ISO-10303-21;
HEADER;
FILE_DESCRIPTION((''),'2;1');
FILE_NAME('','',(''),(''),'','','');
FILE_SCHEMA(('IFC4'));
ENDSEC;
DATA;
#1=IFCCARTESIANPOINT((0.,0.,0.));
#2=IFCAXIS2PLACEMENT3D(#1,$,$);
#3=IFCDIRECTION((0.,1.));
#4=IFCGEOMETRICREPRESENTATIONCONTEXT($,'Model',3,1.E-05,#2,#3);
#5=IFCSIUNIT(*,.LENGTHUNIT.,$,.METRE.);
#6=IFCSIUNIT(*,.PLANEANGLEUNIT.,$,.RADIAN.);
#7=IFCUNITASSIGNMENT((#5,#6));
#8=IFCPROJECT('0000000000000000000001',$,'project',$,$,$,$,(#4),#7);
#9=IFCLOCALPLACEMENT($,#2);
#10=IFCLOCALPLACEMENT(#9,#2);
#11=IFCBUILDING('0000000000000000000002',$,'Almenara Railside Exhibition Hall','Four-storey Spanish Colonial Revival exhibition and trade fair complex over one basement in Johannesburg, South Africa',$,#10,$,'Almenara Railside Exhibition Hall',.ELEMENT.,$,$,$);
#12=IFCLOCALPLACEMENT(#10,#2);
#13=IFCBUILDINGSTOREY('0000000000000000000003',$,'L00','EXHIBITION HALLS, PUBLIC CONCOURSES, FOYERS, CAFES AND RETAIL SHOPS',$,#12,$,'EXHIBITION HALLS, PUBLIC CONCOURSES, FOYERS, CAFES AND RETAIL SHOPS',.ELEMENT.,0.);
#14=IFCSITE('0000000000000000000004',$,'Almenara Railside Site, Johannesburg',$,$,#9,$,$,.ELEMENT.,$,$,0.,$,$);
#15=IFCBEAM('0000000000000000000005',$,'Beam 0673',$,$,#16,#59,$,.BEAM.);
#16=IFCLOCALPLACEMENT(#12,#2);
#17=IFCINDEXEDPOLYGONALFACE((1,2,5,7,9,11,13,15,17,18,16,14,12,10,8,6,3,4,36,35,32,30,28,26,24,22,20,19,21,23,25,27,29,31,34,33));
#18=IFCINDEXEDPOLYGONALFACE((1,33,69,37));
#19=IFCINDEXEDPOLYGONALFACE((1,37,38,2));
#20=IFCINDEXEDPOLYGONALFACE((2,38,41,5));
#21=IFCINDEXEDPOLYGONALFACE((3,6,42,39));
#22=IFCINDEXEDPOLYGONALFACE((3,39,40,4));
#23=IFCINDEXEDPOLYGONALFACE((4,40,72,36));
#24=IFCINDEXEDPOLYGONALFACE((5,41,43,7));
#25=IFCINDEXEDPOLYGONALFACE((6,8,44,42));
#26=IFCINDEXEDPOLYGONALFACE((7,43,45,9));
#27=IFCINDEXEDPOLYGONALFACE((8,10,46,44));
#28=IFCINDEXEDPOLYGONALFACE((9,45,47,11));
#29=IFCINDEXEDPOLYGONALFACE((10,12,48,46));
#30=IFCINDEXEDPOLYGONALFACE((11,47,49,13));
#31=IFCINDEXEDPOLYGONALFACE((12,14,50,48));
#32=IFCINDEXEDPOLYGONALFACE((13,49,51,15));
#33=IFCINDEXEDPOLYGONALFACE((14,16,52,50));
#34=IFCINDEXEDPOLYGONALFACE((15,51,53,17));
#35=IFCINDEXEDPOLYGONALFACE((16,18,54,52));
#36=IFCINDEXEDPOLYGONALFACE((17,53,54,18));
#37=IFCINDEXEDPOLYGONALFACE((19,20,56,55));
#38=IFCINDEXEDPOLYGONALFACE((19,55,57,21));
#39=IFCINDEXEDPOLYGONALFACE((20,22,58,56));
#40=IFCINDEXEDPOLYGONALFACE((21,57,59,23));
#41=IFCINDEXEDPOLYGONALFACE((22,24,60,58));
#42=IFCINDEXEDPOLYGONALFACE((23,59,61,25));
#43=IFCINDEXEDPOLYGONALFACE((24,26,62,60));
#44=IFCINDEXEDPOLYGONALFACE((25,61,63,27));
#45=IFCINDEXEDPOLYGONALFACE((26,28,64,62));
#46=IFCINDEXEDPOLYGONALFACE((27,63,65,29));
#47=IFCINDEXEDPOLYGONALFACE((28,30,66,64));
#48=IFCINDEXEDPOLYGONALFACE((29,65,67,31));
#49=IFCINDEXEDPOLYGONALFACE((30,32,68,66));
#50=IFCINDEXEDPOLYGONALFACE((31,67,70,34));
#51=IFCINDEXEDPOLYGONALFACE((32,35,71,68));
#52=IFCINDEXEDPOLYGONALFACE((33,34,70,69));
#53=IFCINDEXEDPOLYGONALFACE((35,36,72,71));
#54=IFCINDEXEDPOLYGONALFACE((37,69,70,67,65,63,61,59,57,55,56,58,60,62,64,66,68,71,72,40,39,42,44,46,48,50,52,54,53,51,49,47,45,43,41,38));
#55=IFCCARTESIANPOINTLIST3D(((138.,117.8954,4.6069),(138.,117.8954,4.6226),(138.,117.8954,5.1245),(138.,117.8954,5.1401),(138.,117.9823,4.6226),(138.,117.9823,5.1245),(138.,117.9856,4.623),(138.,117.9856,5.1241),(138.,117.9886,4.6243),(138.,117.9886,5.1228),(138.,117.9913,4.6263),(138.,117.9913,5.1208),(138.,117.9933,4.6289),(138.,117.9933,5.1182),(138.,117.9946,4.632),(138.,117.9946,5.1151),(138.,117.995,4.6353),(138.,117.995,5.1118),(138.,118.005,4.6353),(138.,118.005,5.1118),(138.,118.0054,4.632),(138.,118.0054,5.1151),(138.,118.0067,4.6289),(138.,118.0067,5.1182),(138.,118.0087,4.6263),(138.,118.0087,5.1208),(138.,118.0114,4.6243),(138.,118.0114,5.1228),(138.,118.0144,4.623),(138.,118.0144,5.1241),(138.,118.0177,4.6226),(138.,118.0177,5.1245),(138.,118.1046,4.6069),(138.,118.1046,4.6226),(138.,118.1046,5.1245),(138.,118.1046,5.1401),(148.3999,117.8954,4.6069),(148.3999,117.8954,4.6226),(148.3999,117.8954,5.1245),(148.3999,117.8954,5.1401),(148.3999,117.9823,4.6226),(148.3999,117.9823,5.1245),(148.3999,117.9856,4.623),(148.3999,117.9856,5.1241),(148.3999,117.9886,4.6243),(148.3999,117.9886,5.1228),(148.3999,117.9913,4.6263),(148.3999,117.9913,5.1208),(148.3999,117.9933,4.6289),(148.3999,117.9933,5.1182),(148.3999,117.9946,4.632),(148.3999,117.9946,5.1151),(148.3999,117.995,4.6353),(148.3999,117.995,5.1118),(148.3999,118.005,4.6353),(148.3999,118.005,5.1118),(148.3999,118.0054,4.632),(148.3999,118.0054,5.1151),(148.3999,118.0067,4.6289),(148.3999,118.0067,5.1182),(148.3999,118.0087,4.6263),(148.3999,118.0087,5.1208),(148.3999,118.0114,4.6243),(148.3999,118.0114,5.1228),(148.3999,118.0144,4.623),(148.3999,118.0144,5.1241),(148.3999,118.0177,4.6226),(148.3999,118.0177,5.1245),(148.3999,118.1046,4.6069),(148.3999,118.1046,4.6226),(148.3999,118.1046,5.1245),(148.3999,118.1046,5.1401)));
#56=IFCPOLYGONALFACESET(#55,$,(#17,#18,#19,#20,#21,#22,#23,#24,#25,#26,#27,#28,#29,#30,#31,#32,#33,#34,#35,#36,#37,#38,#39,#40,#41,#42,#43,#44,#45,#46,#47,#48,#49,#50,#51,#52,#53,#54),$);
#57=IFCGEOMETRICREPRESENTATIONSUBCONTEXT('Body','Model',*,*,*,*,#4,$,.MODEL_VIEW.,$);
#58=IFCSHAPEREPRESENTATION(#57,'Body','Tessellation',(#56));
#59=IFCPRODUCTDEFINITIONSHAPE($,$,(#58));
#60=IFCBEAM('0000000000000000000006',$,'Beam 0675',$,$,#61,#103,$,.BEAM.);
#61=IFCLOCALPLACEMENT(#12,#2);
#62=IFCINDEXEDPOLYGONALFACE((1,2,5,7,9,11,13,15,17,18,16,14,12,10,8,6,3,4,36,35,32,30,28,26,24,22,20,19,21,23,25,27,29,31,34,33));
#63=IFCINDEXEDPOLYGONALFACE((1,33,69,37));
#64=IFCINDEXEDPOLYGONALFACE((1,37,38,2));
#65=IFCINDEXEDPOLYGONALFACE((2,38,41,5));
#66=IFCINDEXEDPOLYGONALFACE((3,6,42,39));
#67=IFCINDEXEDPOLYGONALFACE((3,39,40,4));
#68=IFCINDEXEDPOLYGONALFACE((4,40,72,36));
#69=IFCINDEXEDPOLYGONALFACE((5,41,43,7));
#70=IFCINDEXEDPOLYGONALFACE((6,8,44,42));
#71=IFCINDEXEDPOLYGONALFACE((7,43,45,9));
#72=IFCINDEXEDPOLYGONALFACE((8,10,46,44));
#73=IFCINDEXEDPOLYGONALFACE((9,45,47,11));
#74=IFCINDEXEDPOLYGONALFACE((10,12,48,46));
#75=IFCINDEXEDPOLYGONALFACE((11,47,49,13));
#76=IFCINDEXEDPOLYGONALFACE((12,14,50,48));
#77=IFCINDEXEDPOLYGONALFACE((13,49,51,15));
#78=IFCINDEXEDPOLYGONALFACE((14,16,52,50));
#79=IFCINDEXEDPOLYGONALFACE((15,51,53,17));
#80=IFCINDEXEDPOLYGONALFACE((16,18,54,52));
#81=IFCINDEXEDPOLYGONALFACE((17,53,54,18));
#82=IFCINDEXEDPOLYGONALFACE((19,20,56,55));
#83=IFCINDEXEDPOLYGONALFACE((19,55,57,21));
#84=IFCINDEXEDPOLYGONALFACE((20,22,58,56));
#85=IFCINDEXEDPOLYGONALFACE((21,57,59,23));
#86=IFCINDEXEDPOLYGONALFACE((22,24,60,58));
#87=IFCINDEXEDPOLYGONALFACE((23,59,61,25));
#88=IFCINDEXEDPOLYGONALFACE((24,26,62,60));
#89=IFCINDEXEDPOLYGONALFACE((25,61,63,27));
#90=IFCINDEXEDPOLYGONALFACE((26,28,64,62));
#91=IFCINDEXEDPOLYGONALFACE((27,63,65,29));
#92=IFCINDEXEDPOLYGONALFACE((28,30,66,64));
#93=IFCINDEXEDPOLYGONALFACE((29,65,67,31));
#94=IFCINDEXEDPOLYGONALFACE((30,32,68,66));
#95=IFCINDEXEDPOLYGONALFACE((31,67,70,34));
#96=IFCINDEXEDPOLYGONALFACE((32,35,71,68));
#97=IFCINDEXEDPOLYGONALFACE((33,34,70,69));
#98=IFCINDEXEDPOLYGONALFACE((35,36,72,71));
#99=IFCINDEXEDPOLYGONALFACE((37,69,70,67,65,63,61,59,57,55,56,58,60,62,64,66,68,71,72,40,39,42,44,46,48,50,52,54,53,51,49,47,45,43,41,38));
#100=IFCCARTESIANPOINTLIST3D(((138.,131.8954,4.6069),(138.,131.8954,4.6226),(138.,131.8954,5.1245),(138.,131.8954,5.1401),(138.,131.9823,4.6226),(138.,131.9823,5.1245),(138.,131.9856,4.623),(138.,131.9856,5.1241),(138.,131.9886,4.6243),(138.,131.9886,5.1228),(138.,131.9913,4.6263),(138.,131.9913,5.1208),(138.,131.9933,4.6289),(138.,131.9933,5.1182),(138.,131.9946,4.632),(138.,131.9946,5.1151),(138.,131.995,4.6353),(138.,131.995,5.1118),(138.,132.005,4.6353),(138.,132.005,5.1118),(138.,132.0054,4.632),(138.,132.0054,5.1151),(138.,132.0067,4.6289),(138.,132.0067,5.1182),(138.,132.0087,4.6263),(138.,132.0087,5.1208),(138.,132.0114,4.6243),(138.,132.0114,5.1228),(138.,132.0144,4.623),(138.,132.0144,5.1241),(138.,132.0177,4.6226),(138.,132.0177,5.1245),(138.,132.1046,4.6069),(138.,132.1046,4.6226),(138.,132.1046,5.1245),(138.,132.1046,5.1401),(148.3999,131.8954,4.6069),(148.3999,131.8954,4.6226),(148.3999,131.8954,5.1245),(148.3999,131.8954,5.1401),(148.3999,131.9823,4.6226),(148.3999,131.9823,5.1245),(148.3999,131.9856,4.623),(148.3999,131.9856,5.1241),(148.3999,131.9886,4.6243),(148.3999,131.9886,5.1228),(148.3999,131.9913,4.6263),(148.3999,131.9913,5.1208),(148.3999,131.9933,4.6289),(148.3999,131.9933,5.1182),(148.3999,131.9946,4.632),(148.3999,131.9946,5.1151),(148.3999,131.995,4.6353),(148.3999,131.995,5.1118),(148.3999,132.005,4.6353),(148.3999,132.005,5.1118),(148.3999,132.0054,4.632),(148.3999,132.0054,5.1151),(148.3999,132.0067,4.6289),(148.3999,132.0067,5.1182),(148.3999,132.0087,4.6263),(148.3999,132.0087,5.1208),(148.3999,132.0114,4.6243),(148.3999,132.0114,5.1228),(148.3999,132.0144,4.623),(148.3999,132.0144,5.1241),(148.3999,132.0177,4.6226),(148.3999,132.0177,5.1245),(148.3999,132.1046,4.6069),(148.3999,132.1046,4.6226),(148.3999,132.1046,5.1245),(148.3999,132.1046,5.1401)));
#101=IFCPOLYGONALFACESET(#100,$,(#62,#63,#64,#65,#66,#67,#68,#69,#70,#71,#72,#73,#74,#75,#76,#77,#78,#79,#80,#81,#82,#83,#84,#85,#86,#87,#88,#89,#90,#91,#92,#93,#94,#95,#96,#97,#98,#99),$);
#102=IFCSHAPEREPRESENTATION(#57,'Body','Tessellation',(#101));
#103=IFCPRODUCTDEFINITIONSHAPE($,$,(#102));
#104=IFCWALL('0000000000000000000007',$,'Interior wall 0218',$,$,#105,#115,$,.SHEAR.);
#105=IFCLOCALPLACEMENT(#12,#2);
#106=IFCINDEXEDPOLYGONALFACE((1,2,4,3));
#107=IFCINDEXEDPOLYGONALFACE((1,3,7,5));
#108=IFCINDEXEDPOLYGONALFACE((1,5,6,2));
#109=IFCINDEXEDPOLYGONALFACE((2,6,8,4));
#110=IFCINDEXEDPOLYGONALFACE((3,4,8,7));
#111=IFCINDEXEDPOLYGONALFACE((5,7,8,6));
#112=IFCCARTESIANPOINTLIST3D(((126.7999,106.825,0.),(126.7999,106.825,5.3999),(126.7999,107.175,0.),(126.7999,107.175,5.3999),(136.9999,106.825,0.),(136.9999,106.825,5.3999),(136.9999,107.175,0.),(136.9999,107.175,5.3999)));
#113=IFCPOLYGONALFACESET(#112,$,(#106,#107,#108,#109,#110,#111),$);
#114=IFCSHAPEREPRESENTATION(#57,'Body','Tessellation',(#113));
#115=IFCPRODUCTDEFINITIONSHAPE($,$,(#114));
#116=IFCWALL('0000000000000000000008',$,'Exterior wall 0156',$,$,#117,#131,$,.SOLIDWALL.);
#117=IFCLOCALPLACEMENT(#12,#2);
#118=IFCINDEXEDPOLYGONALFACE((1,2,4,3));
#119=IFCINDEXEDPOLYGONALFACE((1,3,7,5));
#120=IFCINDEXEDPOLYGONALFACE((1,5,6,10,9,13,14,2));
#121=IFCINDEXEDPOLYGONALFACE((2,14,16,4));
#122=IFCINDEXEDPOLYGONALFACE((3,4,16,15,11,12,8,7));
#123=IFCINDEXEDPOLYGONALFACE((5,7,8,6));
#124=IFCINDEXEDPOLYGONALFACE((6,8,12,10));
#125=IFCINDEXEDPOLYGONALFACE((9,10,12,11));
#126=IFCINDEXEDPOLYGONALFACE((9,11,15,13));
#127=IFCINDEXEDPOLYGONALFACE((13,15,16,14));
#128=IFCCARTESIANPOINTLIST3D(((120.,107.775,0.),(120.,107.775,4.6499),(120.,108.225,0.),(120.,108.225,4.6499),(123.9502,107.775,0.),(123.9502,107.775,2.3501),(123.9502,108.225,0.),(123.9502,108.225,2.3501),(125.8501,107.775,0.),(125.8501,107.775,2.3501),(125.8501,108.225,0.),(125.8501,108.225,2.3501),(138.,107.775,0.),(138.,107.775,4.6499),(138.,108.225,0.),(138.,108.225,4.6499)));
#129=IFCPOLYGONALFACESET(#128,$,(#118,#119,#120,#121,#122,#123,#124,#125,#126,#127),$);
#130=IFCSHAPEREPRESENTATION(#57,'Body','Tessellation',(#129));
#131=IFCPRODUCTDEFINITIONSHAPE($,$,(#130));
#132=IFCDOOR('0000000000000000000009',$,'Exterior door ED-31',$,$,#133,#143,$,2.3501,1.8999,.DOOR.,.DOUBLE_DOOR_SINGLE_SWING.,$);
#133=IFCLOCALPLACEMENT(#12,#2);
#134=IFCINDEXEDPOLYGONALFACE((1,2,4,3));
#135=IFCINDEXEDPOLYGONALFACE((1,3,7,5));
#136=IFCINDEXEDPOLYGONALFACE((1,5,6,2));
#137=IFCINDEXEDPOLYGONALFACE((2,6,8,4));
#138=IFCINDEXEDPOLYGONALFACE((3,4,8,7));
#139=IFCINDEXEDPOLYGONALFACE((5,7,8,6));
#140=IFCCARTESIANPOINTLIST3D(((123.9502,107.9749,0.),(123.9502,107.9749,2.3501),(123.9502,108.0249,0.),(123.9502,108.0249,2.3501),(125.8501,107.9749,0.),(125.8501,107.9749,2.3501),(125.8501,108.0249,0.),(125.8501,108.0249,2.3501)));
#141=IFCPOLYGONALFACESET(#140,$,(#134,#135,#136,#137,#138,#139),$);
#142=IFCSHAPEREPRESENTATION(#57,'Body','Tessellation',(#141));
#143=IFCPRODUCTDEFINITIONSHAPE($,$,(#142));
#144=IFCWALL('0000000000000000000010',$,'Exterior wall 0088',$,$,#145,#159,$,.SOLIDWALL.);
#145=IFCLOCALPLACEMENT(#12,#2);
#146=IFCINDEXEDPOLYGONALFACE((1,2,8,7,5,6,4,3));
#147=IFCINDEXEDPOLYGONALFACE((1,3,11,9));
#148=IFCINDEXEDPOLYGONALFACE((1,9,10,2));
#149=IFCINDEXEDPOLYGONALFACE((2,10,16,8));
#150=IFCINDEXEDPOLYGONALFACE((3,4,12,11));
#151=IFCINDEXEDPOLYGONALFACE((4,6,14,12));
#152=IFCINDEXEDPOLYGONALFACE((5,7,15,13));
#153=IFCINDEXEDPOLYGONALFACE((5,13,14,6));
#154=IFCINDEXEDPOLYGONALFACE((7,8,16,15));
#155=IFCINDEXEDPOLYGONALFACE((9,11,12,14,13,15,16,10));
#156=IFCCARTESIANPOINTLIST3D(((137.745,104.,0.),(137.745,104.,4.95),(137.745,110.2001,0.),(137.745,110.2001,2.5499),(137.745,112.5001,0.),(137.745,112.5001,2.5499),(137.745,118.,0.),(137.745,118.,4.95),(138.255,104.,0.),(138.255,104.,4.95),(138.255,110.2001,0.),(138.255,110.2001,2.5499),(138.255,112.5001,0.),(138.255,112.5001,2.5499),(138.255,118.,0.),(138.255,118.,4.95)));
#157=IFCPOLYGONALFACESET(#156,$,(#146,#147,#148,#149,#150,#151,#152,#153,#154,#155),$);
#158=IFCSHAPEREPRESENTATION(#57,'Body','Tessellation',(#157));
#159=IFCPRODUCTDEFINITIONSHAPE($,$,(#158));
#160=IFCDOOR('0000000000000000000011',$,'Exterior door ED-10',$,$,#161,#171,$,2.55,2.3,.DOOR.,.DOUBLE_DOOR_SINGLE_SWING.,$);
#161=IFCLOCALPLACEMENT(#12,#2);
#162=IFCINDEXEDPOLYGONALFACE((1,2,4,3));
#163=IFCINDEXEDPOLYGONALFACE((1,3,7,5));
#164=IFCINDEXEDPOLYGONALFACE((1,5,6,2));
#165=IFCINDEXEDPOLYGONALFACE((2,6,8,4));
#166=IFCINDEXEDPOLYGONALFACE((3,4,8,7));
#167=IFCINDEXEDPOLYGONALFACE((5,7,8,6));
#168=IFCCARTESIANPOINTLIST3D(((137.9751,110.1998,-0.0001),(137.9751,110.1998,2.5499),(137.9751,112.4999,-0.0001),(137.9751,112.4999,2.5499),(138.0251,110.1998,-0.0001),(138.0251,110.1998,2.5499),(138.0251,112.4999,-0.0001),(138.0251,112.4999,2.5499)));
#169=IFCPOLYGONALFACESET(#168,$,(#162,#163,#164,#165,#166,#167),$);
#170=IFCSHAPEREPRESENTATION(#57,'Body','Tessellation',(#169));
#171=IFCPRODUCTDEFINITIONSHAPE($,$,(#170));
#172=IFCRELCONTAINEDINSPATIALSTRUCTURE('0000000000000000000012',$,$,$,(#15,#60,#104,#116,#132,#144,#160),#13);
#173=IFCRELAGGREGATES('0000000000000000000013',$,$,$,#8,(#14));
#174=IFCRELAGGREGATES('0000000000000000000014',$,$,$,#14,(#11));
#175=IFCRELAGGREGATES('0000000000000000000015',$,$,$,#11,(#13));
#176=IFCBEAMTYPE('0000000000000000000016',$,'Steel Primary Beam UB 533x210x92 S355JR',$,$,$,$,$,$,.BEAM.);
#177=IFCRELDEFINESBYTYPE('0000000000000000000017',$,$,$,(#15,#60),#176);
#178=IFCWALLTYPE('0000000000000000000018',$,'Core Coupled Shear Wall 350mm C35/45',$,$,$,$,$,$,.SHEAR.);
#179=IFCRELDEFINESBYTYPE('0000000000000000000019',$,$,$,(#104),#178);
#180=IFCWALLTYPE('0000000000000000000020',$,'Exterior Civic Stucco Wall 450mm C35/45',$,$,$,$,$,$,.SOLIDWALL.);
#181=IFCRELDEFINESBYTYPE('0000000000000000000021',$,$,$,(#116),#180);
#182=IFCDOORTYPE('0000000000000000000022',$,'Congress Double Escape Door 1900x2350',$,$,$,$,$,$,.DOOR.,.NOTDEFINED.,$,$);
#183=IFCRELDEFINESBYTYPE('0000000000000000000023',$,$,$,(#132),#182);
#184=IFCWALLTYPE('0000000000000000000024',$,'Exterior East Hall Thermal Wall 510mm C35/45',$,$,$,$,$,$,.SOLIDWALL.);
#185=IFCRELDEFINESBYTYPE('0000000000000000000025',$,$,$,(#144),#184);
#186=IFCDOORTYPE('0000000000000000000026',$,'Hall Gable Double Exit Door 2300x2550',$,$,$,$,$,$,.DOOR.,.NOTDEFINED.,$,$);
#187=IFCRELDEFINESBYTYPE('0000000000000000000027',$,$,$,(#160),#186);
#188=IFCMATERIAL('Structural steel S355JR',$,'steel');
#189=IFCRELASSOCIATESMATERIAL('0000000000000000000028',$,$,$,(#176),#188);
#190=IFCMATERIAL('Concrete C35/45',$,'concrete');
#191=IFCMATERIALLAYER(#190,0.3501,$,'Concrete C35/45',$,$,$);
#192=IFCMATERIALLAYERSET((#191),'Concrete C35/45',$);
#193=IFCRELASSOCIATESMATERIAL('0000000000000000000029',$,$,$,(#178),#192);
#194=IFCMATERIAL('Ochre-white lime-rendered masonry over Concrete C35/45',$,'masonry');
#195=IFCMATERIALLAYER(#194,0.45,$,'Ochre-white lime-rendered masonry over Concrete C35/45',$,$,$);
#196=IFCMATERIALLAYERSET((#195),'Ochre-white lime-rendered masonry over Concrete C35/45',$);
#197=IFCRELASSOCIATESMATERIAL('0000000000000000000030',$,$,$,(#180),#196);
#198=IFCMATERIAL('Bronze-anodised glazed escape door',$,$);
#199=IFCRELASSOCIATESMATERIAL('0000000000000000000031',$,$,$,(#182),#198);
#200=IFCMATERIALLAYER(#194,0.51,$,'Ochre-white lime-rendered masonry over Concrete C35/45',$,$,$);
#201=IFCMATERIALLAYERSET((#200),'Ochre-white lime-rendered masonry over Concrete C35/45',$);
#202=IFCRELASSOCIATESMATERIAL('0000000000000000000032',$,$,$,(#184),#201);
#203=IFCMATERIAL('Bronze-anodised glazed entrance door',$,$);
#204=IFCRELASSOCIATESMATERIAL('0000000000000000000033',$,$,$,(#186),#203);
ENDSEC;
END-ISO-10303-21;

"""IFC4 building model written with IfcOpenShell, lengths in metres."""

from ifc_helpers import new_model, si_unit, direction, frame, frame_2d, origin, origin_2d, place, context, subcontext, project, spatial, rectangle, i_section, extrude, material, layer, layer_set, material_profile, profile_set, type_object, element, fill, save


model = new_model("IFC4")

# Units and contexts
model_context = context("Model", 3, precision=1e-05, world=origin(), true_north=direction((0.0, 1.0)))
body_context = subcontext(model_context, "Body", "Model", "MODEL_VIEW")
ifc_project = project(units=[si_unit("LENGTHUNIT", "METRE"), si_unit("PLANEANGLEUNIT", "RADIAN")], contexts=[model_context])

# Site, building, storey
site_placement = place(None, origin())
site = spatial("IfcSite", under=ifc_project, at=site_placement, Name="Almenara Railside Site, Johannesburg", CompositionType="ELEMENT", RefElevation=0.0)
building_placement = place(site_placement, origin())
building = spatial("IfcBuilding", under=site, at=building_placement, Name="Almenara Railside Exhibition Hall", Description="Four-storey Spanish Colonial Revival exhibition and trade fair complex over one basement in Johannesburg, South Africa", LongName="Almenara Railside Exhibition Hall", CompositionType="ELEMENT")
storey_placement = place(building_placement, origin())
storey = spatial("IfcBuildingStorey", under=building, at=storey_placement, Name="L00", Description="EXHIBITION HALLS, PUBLIC CONCOURSES, FOYERS, CAFES AND RETAIL SHOPS", LongName="EXHIBITION HALLS, PUBLIC CONCOURSES, FOYERS, CAFES AND RETAIL SHOPS", CompositionType="ELEMENT", Elevation=0.0)

# Shared definitions
ifc_material_1 = material(Name="Concrete C35/45", Category="concrete")

# Beams
ifc_material_2 = material(Name="Structural steel S355JR", Category="steel")
ifc_material_profile_1 = material_profile(ifc_material_2, i_section(OverallWidth=0.2092, OverallDepth=0.5332, WebThickness=0.01, FlangeThickness=0.0156, FilletRadius=0.0127, at=origin_2d()), Name="UB 533x210x92")
ifc_profile_set_1 = profile_set([ifc_material_profile_1], Name="Structural steel S355JR")
beam_type_1 = type_object("IfcBeamType", Name="Steel Primary Beam UB 533x210x92 S355JR", PredefinedType="BEAM", material=ifc_profile_set_1)
for number, where, z_axis, x_axis, name in (
    (1, (138.0, 118.0, 4.8735), (1.0, 0.0, 0.0), (0.0, 1.0, 0.0), "Beam 0673"),
    (2, (138.0, 132.0, 4.8735), (1.0, 0.0, 0.0), (0.0, 1.0, 0.0), "Beam 0675"),
):
    element("IfcBeam", number, at=place(storey_placement, frame(where, z_axis=z_axis, x_axis=x_axis)), inside=storey, type_object=beam_type_1, Name=name, PredefinedType="BEAM", context=body_context, shape_type="SweptSolid", body=[
        extrude(i_section(OverallWidth=0.2092, OverallDepth=0.5332, WebThickness=0.01, FlangeThickness=0.0156, FilletRadius=0.0127, at=origin_2d()), origin(), (0.0, 0.0, 1.0), 10.3999),
    ])

# Wall
ifc_layer_1 = layer(ifc_material_1, 0.3501, Name="Concrete C35/45")
ifc_layer_set_1 = layer_set([ifc_layer_1], Name="Concrete C35/45")
wall_type_1 = type_object("IfcWallType", Name="Core Coupled Shear Wall 350mm C35/45", PredefinedType="SHEAR", material=ifc_layer_set_1)
wall_1_placement = place(storey_placement, frame((137.0, 107.0, 0.0), z_axis=(0.0, 0.0, 1.0), x_axis=(-1.0, 0.0, 0.0)))
element("IfcWall", 3, at=wall_1_placement, inside=storey, type_object=wall_type_1, Name="Interior wall 0218", PredefinedType="SHEAR", context=body_context, shape_type="SweptSolid", body=[
    extrude(rectangle(XDim=10.2, YDim=0.3501, at=frame_2d((5.1001, 0.0))), origin(), (0.0, 0.0, 1.0), 5.3999),
])

# Walls, openings, doors
ifc_material_3 = material(Name="Ochre-white lime-rendered masonry over Concrete C35/45", Category="masonry")
ifc_layer_2 = layer(ifc_material_3, 0.45, Name="Ochre-white lime-rendered masonry over Concrete C35/45")
ifc_layer_set_2 = layer_set([ifc_layer_2], Name="Ochre-white lime-rendered masonry over Concrete C35/45")
wall_type_2 = type_object("IfcWallType", Name="Exterior Civic Stucco Wall 450mm C35/45", PredefinedType="SOLIDWALL", material=ifc_layer_set_2)
wall_2_placement = place(storey_placement, frame((138.0, 108.0, 0.0), z_axis=(0.0, 0.0, 1.0), x_axis=(-1.0, 0.0, 0.0)))
wall_2 = element("IfcWall", 4, at=wall_2_placement, inside=storey, type_object=wall_type_2, Name="Exterior wall 0156", PredefinedType="SOLIDWALL", context=body_context, shape_type="SweptSolid", body=[
    extrude(rectangle(XDim=18.0, YDim=0.45, at=frame_2d((9.0, 0.0))), origin(), (0.0, 0.0, 1.0), 4.6499),
])
opening_1_placement = place(wall_2_placement, frame((12.1499, 0.0, 0.0)))
opening_1 = element("IfcOpeningElement", 5, at=opening_1_placement, cuts=wall_2, PredefinedType="OPENING", context=body_context, shape_type="SweptSolid", body=[
    extrude(rectangle(XDim=1.8999, YDim=2.3501, at=frame_2d((0.95, 1.175))), frame((0.0, 0.2349, 0.0), z_axis=(0.0, -1.0, 0.0), x_axis=(1.0, 0.0, 0.0)), (0.0, 0.0, 1.0), 0.47),
])
ifc_material_4 = material(Name="Bronze-anodised glazed escape door")
door_type_1 = type_object("IfcDoorType", Name="Congress Double Escape Door 1900x2350", OperationType="NOTDEFINED", PredefinedType="DOOR", material=ifc_material_4)
door_1_placement = place(opening_1_placement, frame((1.8999, 0.0, 0.0), z_axis=(0.0, 0.0, 1.0), x_axis=(-1.0, 0.0, 0.0)))
door_1 = element("IfcDoor", 6, at=door_1_placement, inside=storey, type_object=door_type_1, Name="Exterior door ED-31", OperationType="DOUBLE_DOOR_SINGLE_SWING", OverallHeight=2.3501, OverallWidth=1.8999, PredefinedType="DOOR", context=body_context, shape_type="SweptSolid", body=[
    extrude(rectangle(XDim=1.8999, YDim=2.3501, at=frame_2d((0.95, 1.175))), frame((0.0, 0.0249, 0.0), z_axis=(0.0, -1.0, 0.0), x_axis=(1.0, 0.0, 0.0)), (0.0, 0.0, 1.0), 0.05),
])
fill(opening_1, door_1)
ifc_layer_3 = layer(ifc_material_3, 0.51, Name="Ochre-white lime-rendered masonry over Concrete C35/45")
ifc_layer_set_3 = layer_set([ifc_layer_3], Name="Ochre-white lime-rendered masonry over Concrete C35/45")
wall_type_3 = type_object("IfcWallType", Name="Exterior East Hall Thermal Wall 510mm C35/45", PredefinedType="SOLIDWALL", material=ifc_layer_set_3)
wall_3_placement = place(storey_placement, frame((138.0, 118.0, 0.0), z_axis=(0.0, 0.0, 1.0), x_axis=(0.0, -1.0, 0.0)))
wall_3 = element("IfcWall", 7, at=wall_3_placement, inside=storey, type_object=wall_type_3, Name="Exterior wall 0088", PredefinedType="SOLIDWALL", context=body_context, shape_type="SweptSolid", body=[
    extrude(rectangle(XDim=14.0, YDim=0.51, at=frame_2d((7.0, 0.0))), origin(), (0.0, 0.0, 1.0), 4.95),
])
opening_2_placement = place(wall_3_placement, frame((5.5, 0.0, 0.0)))
opening_2 = element("IfcOpeningElement", 8, at=opening_2_placement, cuts=wall_3, PredefinedType="OPENING", context=body_context, shape_type="SweptSolid", body=[
    extrude(rectangle(XDim=2.3, YDim=2.55, at=frame_2d((1.1499, 1.2749))), frame((0.0, 0.2649, 0.0), z_axis=(0.0, -1.0, 0.0), x_axis=(1.0, 0.0, 0.0)), (0.0, 0.0, 1.0), 0.53),
])
ifc_material_5 = material(Name="Bronze-anodised glazed entrance door")
door_type_2 = type_object("IfcDoorType", Name="Hall Gable Double Exit Door 2300x2550", OperationType="NOTDEFINED", PredefinedType="DOOR", material=ifc_material_5)
door_2_placement = place(opening_2_placement, frame((2.3, 0.0, 0.0), z_axis=(0.0, 0.0, 1.0), x_axis=(-1.0, 0.0, 0.0)))
door_2 = element("IfcDoor", 9, at=door_2_placement, inside=storey, type_object=door_type_2, Name="Exterior door ED-10", OperationType="DOUBLE_DOOR_SINGLE_SWING", OverallHeight=2.55, OverallWidth=2.3, PredefinedType="DOOR", context=body_context, shape_type="SweptSolid", body=[
    extrude(rectangle(XDim=2.3, YDim=2.55, at=frame_2d((1.1499, 1.2749))), frame((0.0, 0.0249, 0.0), z_axis=(0.0, -1.0, 0.0), x_axis=(1.0, 0.0, 0.0)), (0.0, 0.0, 1.0), 0.05),
])
fill(opening_2, door_2)

save(model, "model.ifc")
